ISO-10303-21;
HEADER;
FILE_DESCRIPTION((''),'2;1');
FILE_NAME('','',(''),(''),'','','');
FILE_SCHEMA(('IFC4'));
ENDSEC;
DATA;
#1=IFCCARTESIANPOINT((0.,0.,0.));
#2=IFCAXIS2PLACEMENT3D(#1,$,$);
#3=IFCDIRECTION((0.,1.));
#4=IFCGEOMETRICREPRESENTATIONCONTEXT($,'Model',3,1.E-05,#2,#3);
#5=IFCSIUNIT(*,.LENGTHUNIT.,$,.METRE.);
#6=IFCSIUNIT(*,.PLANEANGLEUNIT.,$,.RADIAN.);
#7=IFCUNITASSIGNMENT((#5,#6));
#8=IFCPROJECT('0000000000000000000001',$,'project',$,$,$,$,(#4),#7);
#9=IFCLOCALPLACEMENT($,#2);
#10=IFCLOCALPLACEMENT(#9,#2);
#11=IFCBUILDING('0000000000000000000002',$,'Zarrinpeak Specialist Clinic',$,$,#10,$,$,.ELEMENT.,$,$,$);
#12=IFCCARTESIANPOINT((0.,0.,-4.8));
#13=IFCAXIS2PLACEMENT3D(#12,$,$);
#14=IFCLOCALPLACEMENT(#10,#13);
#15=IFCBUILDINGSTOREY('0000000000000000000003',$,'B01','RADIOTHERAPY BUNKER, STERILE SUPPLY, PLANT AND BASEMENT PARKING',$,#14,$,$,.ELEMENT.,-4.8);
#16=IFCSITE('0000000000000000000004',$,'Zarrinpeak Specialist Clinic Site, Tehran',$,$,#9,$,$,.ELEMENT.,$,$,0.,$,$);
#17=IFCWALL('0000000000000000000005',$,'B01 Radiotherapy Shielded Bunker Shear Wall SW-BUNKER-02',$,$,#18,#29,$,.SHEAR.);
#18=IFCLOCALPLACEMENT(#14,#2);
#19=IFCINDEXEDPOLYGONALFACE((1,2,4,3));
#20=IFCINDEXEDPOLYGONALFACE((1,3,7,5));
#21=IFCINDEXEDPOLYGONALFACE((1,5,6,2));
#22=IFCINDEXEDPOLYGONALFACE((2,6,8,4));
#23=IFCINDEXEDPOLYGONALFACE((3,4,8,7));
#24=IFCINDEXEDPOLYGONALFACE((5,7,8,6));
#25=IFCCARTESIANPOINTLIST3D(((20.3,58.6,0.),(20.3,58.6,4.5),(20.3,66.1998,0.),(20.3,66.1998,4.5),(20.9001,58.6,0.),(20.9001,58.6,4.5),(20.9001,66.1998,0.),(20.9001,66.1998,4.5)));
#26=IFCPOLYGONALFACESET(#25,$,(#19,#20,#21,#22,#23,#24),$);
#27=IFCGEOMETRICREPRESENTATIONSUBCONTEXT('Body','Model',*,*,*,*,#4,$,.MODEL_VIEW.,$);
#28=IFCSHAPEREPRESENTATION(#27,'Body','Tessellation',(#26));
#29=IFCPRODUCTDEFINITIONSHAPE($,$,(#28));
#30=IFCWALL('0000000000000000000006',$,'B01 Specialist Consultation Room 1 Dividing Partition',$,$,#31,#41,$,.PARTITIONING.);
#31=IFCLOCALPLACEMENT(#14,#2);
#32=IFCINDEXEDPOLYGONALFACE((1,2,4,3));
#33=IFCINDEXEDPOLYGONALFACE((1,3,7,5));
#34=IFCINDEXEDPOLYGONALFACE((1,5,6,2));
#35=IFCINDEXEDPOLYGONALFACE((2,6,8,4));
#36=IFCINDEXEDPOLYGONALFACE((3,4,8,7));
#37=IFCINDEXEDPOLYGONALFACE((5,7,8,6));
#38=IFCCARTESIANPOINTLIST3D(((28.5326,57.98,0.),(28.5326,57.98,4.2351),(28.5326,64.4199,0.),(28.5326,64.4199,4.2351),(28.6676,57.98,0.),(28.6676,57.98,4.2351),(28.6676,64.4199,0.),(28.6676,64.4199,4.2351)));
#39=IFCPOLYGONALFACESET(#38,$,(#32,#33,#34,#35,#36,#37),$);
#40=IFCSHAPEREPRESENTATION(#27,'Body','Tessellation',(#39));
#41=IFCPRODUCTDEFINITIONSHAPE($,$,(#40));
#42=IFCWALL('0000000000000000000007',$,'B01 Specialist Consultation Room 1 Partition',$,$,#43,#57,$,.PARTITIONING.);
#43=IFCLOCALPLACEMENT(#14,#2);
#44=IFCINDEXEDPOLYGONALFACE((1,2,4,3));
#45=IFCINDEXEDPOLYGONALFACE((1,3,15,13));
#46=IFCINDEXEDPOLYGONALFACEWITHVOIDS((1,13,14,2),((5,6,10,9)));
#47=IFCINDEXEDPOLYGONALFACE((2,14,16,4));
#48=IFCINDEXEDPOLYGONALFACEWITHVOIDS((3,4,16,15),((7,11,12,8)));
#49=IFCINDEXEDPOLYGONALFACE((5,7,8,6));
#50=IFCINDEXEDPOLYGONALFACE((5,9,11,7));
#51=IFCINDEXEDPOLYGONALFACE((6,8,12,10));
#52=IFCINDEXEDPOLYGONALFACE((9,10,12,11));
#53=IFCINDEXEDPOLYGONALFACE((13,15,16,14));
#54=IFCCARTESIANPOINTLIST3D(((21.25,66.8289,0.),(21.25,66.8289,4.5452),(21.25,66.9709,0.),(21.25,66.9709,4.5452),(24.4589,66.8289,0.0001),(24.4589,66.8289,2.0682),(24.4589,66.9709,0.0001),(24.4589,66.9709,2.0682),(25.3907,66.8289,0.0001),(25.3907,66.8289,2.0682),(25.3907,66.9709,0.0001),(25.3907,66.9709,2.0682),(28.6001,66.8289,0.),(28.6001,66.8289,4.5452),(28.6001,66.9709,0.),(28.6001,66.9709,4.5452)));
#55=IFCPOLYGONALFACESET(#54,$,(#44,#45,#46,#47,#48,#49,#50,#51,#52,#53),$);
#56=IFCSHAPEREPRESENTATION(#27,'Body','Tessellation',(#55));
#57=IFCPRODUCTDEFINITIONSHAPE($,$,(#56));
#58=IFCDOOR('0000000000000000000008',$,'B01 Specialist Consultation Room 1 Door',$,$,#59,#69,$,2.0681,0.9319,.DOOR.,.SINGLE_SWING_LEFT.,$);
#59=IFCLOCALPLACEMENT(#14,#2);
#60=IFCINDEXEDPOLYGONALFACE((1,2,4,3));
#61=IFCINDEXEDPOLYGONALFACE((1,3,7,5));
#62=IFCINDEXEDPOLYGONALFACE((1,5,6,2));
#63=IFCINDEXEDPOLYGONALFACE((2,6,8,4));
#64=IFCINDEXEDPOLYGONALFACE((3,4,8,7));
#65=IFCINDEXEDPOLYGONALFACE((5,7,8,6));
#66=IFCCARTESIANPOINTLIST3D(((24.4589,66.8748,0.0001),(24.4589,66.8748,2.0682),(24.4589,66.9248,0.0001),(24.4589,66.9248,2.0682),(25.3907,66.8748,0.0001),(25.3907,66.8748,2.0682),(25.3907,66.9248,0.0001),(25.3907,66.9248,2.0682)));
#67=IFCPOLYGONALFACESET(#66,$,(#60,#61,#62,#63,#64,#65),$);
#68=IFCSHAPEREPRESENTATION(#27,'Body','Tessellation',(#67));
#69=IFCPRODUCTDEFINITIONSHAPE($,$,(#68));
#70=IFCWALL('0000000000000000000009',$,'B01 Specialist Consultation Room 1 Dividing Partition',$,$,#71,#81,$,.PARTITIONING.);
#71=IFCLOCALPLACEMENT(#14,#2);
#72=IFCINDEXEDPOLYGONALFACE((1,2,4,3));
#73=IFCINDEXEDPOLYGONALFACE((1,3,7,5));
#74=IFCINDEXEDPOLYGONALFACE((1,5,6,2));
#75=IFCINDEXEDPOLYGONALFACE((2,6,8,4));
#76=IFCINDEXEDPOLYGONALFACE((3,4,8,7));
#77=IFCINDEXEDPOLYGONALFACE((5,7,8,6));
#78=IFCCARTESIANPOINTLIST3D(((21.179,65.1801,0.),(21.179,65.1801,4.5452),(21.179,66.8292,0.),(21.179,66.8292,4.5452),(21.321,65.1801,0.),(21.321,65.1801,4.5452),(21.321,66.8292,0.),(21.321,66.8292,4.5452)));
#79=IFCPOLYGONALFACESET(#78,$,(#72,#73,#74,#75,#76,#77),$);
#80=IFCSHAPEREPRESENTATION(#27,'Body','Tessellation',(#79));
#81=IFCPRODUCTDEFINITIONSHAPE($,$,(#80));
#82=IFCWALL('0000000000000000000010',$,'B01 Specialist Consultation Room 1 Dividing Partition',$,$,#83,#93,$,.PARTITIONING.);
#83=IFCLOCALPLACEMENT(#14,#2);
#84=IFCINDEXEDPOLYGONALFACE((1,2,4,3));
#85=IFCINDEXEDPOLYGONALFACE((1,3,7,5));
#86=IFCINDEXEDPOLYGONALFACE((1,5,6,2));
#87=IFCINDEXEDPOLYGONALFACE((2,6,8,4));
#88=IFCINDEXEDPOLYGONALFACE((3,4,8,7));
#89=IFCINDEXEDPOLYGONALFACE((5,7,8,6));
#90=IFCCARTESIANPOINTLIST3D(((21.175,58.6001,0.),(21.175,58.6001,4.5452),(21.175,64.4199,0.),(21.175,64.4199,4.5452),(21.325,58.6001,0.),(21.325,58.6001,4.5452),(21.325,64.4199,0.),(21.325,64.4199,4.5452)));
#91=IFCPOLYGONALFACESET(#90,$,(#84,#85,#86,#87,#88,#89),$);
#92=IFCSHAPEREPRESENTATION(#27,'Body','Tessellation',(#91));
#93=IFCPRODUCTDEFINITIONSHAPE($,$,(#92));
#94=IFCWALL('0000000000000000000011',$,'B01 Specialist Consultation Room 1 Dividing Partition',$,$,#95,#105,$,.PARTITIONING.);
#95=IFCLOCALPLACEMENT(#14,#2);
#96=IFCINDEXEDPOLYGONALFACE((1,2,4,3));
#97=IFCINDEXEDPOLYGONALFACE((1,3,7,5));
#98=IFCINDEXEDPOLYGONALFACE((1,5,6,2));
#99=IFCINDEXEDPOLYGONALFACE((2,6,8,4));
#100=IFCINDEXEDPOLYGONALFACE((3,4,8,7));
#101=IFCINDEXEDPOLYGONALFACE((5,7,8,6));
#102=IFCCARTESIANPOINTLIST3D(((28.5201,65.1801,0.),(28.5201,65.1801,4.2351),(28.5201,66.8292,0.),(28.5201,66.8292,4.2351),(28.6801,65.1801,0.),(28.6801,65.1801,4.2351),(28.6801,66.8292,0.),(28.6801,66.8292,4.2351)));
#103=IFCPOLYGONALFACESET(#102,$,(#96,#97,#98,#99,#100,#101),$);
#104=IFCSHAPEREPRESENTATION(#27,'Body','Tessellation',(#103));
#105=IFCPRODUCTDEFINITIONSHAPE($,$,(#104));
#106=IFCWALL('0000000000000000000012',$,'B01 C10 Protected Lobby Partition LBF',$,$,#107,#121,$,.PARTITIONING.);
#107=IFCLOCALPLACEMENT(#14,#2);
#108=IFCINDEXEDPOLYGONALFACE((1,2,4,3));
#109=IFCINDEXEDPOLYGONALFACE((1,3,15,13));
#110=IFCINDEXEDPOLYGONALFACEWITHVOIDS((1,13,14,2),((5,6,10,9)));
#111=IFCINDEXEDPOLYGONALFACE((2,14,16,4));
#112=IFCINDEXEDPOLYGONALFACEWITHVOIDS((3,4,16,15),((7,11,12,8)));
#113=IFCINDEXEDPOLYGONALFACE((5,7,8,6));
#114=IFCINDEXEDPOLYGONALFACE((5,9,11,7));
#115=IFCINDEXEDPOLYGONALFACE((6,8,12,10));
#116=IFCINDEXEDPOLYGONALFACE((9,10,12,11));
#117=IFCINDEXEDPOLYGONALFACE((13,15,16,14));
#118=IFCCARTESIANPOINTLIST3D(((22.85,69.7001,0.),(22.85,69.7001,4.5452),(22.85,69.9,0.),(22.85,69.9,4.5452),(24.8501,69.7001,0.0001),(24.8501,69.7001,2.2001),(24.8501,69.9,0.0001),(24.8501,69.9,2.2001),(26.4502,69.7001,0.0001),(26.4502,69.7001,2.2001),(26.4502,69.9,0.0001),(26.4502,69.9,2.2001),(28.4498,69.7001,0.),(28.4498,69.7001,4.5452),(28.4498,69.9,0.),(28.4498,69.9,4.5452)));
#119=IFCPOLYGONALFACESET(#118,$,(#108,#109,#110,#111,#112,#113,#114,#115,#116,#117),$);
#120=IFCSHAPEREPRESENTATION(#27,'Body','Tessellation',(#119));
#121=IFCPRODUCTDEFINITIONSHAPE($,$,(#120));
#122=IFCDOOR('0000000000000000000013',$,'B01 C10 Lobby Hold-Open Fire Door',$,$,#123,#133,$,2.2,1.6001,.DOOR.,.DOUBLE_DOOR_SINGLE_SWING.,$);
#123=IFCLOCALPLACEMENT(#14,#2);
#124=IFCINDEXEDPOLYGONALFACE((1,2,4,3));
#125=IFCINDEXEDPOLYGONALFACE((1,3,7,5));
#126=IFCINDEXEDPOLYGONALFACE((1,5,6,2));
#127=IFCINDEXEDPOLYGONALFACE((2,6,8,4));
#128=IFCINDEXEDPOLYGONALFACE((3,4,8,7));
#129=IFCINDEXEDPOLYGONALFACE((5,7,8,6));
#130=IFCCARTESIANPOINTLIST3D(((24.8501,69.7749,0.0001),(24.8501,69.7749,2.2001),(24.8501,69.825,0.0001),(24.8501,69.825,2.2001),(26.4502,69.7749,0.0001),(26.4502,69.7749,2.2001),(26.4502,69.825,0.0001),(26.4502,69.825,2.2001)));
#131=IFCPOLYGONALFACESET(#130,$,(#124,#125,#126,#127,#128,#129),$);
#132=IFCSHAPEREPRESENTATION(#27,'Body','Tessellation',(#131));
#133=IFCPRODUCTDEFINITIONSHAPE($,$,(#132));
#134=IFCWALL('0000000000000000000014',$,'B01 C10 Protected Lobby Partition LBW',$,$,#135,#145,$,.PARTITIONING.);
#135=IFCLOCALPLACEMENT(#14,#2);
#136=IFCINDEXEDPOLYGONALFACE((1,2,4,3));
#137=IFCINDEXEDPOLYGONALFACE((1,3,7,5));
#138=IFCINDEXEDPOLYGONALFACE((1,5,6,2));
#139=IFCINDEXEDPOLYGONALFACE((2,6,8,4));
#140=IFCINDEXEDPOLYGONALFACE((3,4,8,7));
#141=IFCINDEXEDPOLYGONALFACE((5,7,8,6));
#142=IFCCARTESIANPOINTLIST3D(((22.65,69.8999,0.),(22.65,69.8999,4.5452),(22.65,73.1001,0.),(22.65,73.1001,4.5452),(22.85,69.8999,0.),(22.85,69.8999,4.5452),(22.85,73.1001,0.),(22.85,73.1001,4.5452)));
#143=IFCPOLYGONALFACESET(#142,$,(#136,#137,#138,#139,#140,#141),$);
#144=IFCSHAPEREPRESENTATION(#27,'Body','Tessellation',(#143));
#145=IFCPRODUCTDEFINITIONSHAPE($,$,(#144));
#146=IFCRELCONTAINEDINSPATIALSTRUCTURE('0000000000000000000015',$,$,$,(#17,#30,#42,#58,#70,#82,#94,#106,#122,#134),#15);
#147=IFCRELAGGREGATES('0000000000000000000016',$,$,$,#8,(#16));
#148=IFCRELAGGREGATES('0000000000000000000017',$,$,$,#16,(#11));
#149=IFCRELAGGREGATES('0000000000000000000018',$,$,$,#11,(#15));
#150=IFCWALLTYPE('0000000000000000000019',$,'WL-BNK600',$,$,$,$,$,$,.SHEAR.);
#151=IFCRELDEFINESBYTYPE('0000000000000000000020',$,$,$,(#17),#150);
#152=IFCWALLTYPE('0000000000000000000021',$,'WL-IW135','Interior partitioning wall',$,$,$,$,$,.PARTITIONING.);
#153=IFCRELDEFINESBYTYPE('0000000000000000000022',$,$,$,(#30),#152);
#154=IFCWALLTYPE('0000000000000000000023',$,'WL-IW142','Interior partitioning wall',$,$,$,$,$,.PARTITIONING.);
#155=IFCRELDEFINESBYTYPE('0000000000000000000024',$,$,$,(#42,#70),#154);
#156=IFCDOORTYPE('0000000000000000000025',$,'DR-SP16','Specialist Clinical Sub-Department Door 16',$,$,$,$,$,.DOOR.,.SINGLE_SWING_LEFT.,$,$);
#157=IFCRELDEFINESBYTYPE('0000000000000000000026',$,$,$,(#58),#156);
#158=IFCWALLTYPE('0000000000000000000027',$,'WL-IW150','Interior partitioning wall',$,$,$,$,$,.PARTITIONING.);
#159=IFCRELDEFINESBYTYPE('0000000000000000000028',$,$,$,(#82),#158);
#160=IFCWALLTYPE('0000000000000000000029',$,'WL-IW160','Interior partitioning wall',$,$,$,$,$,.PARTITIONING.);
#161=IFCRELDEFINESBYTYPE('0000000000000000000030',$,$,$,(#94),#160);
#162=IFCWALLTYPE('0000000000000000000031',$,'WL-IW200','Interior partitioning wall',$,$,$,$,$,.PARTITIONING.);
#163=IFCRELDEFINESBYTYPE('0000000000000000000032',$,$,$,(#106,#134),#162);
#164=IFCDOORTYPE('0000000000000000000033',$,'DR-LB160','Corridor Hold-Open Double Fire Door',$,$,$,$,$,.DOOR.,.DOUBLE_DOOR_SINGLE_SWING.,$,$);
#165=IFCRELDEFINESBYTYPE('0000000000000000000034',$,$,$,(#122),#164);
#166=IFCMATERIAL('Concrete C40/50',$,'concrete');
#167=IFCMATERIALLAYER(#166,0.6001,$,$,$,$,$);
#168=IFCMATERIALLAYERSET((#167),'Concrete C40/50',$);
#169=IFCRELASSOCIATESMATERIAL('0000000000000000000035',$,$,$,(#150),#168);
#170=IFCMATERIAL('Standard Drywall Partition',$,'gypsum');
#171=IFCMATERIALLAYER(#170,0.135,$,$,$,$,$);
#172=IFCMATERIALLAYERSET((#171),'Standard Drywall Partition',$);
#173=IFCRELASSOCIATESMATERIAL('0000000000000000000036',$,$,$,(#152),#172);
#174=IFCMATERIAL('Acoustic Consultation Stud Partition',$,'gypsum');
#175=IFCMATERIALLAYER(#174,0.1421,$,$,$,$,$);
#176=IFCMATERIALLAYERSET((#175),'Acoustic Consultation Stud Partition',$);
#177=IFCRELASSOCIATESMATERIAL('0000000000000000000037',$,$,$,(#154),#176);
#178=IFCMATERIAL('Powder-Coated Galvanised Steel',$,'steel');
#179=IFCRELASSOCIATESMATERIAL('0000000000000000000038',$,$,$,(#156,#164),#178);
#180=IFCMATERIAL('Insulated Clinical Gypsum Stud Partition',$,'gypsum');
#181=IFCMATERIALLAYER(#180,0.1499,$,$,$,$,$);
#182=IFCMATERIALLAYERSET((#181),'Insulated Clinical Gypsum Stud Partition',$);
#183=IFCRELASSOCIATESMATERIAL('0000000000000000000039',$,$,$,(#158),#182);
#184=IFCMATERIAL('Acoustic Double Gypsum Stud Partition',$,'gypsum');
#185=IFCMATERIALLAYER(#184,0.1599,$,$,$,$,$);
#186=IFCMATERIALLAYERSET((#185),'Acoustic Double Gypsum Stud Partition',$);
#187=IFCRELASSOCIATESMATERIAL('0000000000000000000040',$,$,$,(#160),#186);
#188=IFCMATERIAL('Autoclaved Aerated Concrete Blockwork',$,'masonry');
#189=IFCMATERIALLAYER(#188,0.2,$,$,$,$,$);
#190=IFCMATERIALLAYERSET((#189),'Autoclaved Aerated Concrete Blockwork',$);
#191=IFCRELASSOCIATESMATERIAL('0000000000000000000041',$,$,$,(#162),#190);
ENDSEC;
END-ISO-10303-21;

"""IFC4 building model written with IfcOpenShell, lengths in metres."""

from ifc_helpers import new_model, si_unit, direction, frame, frame_2d, origin, place, context, subcontext, project, spatial, rectangle, extrude, material, layer, layer_set, type_object, element, fill, save


model = new_model("IFC4")

# Units and contexts
model_context = context("Model", 3, precision=1e-05, world=origin(), true_north=direction((0.0, 1.0)))
body_context = subcontext(model_context, "Body", "Model", "MODEL_VIEW")
ifc_project = project(units=[si_unit("LENGTHUNIT", "METRE"), si_unit("PLANEANGLEUNIT", "RADIAN")], contexts=[model_context])

# Site, building, storey
site_placement = place(None, origin())
site = spatial("IfcSite", under=ifc_project, at=site_placement, Name="Zarrinpeak Specialist Clinic Site, Tehran", CompositionType="ELEMENT", RefElevation=0.0)
building_placement = place(site_placement, origin())
building = spatial("IfcBuilding", under=site, at=building_placement, Name="Zarrinpeak Specialist Clinic", CompositionType="ELEMENT")
storey_placement = place(building_placement, frame((0.0, 0.0, -4.8)))
storey = spatial("IfcBuildingStorey", under=building, at=storey_placement, Name="B01", Description="RADIOTHERAPY BUNKER, STERILE SUPPLY, PLANT AND BASEMENT PARKING", CompositionType="ELEMENT", Elevation=-4.8)

# Shared definitions
ifc_material_1 = material(Name="Concrete C40/50", Category="concrete")

# Walls
ifc_layer_1 = layer(ifc_material_1, 0.6001)
ifc_layer_set_1 = layer_set([ifc_layer_1], Name="Concrete C40/50")
wall_type_1 = type_object("IfcWallType", Name="WL-BNK600", PredefinedType="SHEAR", material=ifc_layer_set_1)
wall_1_placement = place(storey_placement, frame((20.6001, 58.6001, 0.0), z_axis=(0.0, 0.0, 1.0), x_axis=(0.0, 1.0, 0.0)))
element("IfcWall", 1, at=wall_1_placement, inside=storey, type_object=wall_type_1, Name="B01 Radiotherapy Shielded Bunker Shear Wall SW-BUNKER-02", PredefinedType="SHEAR", context=body_context, shape_type="SweptSolid", body=[
    extrude(rectangle(XDim=7.5999, YDim=0.6001, at=frame_2d((3.7998, 0.0))), origin(), (0.0, 0.0, 1.0), 4.5),
])
ifc_material_2 = material(Name="Standard Drywall Partition", Category="gypsum")
ifc_layer_2 = layer(ifc_material_2, 0.135)
ifc_layer_set_2 = layer_set([ifc_layer_2], Name="Standard Drywall Partition")
wall_type_2 = type_object("IfcWallType", Name="WL-IW135", Description="Interior partitioning wall", PredefinedType="PARTITIONING", material=ifc_layer_set_2)
wall_2_placement = place(storey_placement, frame((28.6001, 57.98, 0.0), z_axis=(0.0, 0.0, 1.0), x_axis=(0.0, 1.0, 0.0)))
element("IfcWall", 2, at=wall_2_placement, inside=storey, type_object=wall_type_2, Name="B01 Specialist Consultation Room 1 Dividing Partition", PredefinedType="PARTITIONING", context=body_context, shape_type="SweptSolid", body=[
    extrude(rectangle(XDim=6.4399, YDim=0.135, at=frame_2d((3.22, 0.0))), origin(), (0.0, 0.0, 1.0), 4.2351),
])

# Wall, opening, door
ifc_material_3 = material(Name="Acoustic Consultation Stud Partition", Category="gypsum")
ifc_layer_3 = layer(ifc_material_3, 0.1421)
ifc_layer_set_3 = layer_set([ifc_layer_3], Name="Acoustic Consultation Stud Partition")
wall_type_3 = type_object("IfcWallType", Name="WL-IW142", Description="Interior partitioning wall", PredefinedType="PARTITIONING", material=ifc_layer_set_3)
wall_3_placement = place(storey_placement, frame((21.25, 66.8999, 0.0), z_axis=(0.0, 0.0, 1.0), x_axis=(1.0, 0.0, 0.0)))
wall_3 = element("IfcWall", 3, at=wall_3_placement, inside=storey, type_object=wall_type_3, Name="B01 Specialist Consultation Room 1 Partition", PredefinedType="PARTITIONING", context=body_context, shape_type="SweptSolid", body=[
    extrude(rectangle(XDim=7.3501, YDim=0.1421, at=frame_2d((3.675, 0.0))), origin(), (0.0, 0.0, 1.0), 4.5452),
])
opening_1_placement = place(wall_3_placement, frame((3.209, 0.0, 0.0)))
opening_1 = element("IfcOpeningElement", 4, at=opening_1_placement, cuts=wall_3, PredefinedType="OPENING", context=body_context, shape_type="SweptSolid", body=[
    extrude(rectangle(XDim=0.9319, YDim=2.0681, at=frame_2d((0.4658, 1.0342))), frame((0.0, 0.0811, 0.0), z_axis=(0.0, -1.0, 0.0), x_axis=(1.0, 0.0, 0.0)), (0.0, 0.0, 1.0), 0.1621),
])
ifc_material_4 = material(Name="Powder-Coated Galvanised Steel", Category="steel")
door_type_1 = type_object("IfcDoorType", Name="DR-SP16", Description="Specialist Clinical Sub-Department Door 16", OperationType="SINGLE_SWING_LEFT", PredefinedType="DOOR", material=ifc_material_4)
door_1_placement = place(opening_1_placement, origin())
door_1 = element("IfcDoor", 5, at=door_1_placement, inside=storey, type_object=door_type_1, Name="B01 Specialist Consultation Room 1 Door", OperationType="SINGLE_SWING_LEFT", OverallHeight=2.0681, OverallWidth=0.9319, PredefinedType="DOOR", context=body_context, shape_type="SweptSolid", body=[
    extrude(rectangle(XDim=0.9319, YDim=2.0681, at=frame_2d((0.4658, 1.0342))), frame((0.0, 0.0249, 0.0), z_axis=(0.0, -1.0, 0.0), x_axis=(1.0, 0.0, 0.0)), (0.0, 0.0, 1.0), 0.05),
])
fill(opening_1, door_1)

# Walls
wall_4_placement = place(storey_placement, frame((21.25, 65.1799, 0.0), z_axis=(0.0, 0.0, 1.0), x_axis=(0.0, 1.0, 0.0)))
element("IfcWall", 6, at=wall_4_placement, inside=storey, type_object=wall_type_3, Name="B01 Specialist Consultation Room 1 Dividing Partition", PredefinedType="PARTITIONING", context=body_context, shape_type="SweptSolid", body=[
    extrude(rectangle(XDim=1.6492, YDim=0.1421, at=frame_2d((0.8247, 0.0))), origin(), (0.0, 0.0, 1.0), 4.5452),
])
ifc_material_5 = material(Name="Insulated Clinical Gypsum Stud Partition", Category="gypsum")
ifc_layer_4 = layer(ifc_material_5, 0.1499)
ifc_layer_set_4 = layer_set([ifc_layer_4], Name="Insulated Clinical Gypsum Stud Partition")
wall_type_4 = type_object("IfcWallType", Name="WL-IW150", Description="Interior partitioning wall", PredefinedType="PARTITIONING", material=ifc_layer_set_4)
wall_5_placement = place(storey_placement, frame((21.25, 58.6001, 0.0), z_axis=(0.0, 0.0, 1.0), x_axis=(0.0, 1.0, 0.0)))
element("IfcWall", 7, at=wall_5_placement, inside=storey, type_object=wall_type_4, Name="B01 Specialist Consultation Room 1 Dividing Partition", PredefinedType="PARTITIONING", context=body_context, shape_type="SweptSolid", body=[
    extrude(rectangle(XDim=5.8198, YDim=0.1499, at=frame_2d((2.9099, 0.0))), origin(), (0.0, 0.0, 1.0), 4.5452),
])
ifc_material_6 = material(Name="Acoustic Double Gypsum Stud Partition", Category="gypsum")
ifc_layer_5 = layer(ifc_material_6, 0.1599)
ifc_layer_set_5 = layer_set([ifc_layer_5], Name="Acoustic Double Gypsum Stud Partition")
wall_type_5 = type_object("IfcWallType", Name="WL-IW160", Description="Interior partitioning wall", PredefinedType="PARTITIONING", material=ifc_layer_set_5)
wall_6_placement = place(storey_placement, frame((28.6001, 65.1799, 0.0), z_axis=(0.0, 0.0, 1.0), x_axis=(0.0, 1.0, 0.0)))
element("IfcWall", 8, at=wall_6_placement, inside=storey, type_object=wall_type_5, Name="B01 Specialist Consultation Room 1 Dividing Partition", PredefinedType="PARTITIONING", context=body_context, shape_type="SweptSolid", body=[
    extrude(rectangle(XDim=1.6492, YDim=0.1599, at=frame_2d((0.8247, 0.0))), origin(), (0.0, 0.0, 1.0), 4.2351),
])

# Wall, opening, door
ifc_material_7 = material(Name="Autoclaved Aerated Concrete Blockwork", Category="masonry")
ifc_layer_6 = layer(ifc_material_7, 0.2)
ifc_layer_set_6 = layer_set([ifc_layer_6], Name="Autoclaved Aerated Concrete Blockwork")
wall_type_6 = type_object("IfcWallType", Name="WL-IW200", Description="Interior partitioning wall", PredefinedType="PARTITIONING", material=ifc_layer_set_6)
wall_7_placement = place(storey_placement, frame((22.8501, 69.8, 0.0), z_axis=(0.0, 0.0, 1.0), x_axis=(1.0, 0.0, 0.0)))
wall_7 = element("IfcWall", 9, at=wall_7_placement, inside=storey, type_object=wall_type_6, Name="B01 C10 Protected Lobby Partition LBF", PredefinedType="PARTITIONING", context=body_context, shape_type="SweptSolid", body=[
    extrude(rectangle(XDim=5.5999, YDim=0.2, at=frame_2d((2.7998, 0.0))), origin(), (0.0, 0.0, 1.0), 4.5452),
])
opening_2_placement = place(wall_7_placement, frame((2.0, 0.0, 0.0)))
opening_2 = element("IfcOpeningElement", 10, at=opening_2_placement, cuts=wall_7, PredefinedType="OPENING", context=body_context, shape_type="SweptSolid", body=[
    extrude(rectangle(XDim=1.6001, YDim=2.2, at=frame_2d((0.8, 1.1001))), frame((0.0, 0.1099, 0.0), z_axis=(0.0, -1.0, 0.0), x_axis=(1.0, 0.0, 0.0)), (0.0, 0.0, 1.0), 0.22),
])
door_type_2 = type_object("IfcDoorType", Name="DR-LB160", Description="Corridor Hold-Open Double Fire Door", OperationType="DOUBLE_DOOR_SINGLE_SWING", PredefinedType="DOOR", material=ifc_material_4)
door_2_placement = place(opening_2_placement, origin())
door_2 = element("IfcDoor", 11, at=door_2_placement, inside=storey, type_object=door_type_2, Name="B01 C10 Lobby Hold-Open Fire Door", OperationType="DOUBLE_DOOR_SINGLE_SWING", OverallHeight=2.2, OverallWidth=1.6001, PredefinedType="DOOR", context=body_context, shape_type="SweptSolid", body=[
    extrude(rectangle(XDim=1.6001, YDim=2.2, at=frame_2d((0.8, 1.1001))), frame((0.0, 0.0249, 0.0), z_axis=(0.0, -1.0, 0.0), x_axis=(1.0, 0.0, 0.0)), (0.0, 0.0, 1.0), 0.05),
])
fill(opening_2, door_2)

# Wall
wall_8_placement = place(storey_placement, frame((22.75, 69.8999, 0.0), z_axis=(0.0, 0.0, 1.0), x_axis=(0.0, 1.0, 0.0)))
element("IfcWall", 12, at=wall_8_placement, inside=storey, type_object=wall_type_6, Name="B01 C10 Protected Lobby Partition LBW", PredefinedType="PARTITIONING", context=body_context, shape_type="SweptSolid", body=[
    extrude(rectangle(XDim=3.2002, YDim=0.2, at=frame_2d((1.6001, 0.0))), origin(), (0.0, 0.0, 1.0), 4.5452),
])

save(model, "model.ifc")
